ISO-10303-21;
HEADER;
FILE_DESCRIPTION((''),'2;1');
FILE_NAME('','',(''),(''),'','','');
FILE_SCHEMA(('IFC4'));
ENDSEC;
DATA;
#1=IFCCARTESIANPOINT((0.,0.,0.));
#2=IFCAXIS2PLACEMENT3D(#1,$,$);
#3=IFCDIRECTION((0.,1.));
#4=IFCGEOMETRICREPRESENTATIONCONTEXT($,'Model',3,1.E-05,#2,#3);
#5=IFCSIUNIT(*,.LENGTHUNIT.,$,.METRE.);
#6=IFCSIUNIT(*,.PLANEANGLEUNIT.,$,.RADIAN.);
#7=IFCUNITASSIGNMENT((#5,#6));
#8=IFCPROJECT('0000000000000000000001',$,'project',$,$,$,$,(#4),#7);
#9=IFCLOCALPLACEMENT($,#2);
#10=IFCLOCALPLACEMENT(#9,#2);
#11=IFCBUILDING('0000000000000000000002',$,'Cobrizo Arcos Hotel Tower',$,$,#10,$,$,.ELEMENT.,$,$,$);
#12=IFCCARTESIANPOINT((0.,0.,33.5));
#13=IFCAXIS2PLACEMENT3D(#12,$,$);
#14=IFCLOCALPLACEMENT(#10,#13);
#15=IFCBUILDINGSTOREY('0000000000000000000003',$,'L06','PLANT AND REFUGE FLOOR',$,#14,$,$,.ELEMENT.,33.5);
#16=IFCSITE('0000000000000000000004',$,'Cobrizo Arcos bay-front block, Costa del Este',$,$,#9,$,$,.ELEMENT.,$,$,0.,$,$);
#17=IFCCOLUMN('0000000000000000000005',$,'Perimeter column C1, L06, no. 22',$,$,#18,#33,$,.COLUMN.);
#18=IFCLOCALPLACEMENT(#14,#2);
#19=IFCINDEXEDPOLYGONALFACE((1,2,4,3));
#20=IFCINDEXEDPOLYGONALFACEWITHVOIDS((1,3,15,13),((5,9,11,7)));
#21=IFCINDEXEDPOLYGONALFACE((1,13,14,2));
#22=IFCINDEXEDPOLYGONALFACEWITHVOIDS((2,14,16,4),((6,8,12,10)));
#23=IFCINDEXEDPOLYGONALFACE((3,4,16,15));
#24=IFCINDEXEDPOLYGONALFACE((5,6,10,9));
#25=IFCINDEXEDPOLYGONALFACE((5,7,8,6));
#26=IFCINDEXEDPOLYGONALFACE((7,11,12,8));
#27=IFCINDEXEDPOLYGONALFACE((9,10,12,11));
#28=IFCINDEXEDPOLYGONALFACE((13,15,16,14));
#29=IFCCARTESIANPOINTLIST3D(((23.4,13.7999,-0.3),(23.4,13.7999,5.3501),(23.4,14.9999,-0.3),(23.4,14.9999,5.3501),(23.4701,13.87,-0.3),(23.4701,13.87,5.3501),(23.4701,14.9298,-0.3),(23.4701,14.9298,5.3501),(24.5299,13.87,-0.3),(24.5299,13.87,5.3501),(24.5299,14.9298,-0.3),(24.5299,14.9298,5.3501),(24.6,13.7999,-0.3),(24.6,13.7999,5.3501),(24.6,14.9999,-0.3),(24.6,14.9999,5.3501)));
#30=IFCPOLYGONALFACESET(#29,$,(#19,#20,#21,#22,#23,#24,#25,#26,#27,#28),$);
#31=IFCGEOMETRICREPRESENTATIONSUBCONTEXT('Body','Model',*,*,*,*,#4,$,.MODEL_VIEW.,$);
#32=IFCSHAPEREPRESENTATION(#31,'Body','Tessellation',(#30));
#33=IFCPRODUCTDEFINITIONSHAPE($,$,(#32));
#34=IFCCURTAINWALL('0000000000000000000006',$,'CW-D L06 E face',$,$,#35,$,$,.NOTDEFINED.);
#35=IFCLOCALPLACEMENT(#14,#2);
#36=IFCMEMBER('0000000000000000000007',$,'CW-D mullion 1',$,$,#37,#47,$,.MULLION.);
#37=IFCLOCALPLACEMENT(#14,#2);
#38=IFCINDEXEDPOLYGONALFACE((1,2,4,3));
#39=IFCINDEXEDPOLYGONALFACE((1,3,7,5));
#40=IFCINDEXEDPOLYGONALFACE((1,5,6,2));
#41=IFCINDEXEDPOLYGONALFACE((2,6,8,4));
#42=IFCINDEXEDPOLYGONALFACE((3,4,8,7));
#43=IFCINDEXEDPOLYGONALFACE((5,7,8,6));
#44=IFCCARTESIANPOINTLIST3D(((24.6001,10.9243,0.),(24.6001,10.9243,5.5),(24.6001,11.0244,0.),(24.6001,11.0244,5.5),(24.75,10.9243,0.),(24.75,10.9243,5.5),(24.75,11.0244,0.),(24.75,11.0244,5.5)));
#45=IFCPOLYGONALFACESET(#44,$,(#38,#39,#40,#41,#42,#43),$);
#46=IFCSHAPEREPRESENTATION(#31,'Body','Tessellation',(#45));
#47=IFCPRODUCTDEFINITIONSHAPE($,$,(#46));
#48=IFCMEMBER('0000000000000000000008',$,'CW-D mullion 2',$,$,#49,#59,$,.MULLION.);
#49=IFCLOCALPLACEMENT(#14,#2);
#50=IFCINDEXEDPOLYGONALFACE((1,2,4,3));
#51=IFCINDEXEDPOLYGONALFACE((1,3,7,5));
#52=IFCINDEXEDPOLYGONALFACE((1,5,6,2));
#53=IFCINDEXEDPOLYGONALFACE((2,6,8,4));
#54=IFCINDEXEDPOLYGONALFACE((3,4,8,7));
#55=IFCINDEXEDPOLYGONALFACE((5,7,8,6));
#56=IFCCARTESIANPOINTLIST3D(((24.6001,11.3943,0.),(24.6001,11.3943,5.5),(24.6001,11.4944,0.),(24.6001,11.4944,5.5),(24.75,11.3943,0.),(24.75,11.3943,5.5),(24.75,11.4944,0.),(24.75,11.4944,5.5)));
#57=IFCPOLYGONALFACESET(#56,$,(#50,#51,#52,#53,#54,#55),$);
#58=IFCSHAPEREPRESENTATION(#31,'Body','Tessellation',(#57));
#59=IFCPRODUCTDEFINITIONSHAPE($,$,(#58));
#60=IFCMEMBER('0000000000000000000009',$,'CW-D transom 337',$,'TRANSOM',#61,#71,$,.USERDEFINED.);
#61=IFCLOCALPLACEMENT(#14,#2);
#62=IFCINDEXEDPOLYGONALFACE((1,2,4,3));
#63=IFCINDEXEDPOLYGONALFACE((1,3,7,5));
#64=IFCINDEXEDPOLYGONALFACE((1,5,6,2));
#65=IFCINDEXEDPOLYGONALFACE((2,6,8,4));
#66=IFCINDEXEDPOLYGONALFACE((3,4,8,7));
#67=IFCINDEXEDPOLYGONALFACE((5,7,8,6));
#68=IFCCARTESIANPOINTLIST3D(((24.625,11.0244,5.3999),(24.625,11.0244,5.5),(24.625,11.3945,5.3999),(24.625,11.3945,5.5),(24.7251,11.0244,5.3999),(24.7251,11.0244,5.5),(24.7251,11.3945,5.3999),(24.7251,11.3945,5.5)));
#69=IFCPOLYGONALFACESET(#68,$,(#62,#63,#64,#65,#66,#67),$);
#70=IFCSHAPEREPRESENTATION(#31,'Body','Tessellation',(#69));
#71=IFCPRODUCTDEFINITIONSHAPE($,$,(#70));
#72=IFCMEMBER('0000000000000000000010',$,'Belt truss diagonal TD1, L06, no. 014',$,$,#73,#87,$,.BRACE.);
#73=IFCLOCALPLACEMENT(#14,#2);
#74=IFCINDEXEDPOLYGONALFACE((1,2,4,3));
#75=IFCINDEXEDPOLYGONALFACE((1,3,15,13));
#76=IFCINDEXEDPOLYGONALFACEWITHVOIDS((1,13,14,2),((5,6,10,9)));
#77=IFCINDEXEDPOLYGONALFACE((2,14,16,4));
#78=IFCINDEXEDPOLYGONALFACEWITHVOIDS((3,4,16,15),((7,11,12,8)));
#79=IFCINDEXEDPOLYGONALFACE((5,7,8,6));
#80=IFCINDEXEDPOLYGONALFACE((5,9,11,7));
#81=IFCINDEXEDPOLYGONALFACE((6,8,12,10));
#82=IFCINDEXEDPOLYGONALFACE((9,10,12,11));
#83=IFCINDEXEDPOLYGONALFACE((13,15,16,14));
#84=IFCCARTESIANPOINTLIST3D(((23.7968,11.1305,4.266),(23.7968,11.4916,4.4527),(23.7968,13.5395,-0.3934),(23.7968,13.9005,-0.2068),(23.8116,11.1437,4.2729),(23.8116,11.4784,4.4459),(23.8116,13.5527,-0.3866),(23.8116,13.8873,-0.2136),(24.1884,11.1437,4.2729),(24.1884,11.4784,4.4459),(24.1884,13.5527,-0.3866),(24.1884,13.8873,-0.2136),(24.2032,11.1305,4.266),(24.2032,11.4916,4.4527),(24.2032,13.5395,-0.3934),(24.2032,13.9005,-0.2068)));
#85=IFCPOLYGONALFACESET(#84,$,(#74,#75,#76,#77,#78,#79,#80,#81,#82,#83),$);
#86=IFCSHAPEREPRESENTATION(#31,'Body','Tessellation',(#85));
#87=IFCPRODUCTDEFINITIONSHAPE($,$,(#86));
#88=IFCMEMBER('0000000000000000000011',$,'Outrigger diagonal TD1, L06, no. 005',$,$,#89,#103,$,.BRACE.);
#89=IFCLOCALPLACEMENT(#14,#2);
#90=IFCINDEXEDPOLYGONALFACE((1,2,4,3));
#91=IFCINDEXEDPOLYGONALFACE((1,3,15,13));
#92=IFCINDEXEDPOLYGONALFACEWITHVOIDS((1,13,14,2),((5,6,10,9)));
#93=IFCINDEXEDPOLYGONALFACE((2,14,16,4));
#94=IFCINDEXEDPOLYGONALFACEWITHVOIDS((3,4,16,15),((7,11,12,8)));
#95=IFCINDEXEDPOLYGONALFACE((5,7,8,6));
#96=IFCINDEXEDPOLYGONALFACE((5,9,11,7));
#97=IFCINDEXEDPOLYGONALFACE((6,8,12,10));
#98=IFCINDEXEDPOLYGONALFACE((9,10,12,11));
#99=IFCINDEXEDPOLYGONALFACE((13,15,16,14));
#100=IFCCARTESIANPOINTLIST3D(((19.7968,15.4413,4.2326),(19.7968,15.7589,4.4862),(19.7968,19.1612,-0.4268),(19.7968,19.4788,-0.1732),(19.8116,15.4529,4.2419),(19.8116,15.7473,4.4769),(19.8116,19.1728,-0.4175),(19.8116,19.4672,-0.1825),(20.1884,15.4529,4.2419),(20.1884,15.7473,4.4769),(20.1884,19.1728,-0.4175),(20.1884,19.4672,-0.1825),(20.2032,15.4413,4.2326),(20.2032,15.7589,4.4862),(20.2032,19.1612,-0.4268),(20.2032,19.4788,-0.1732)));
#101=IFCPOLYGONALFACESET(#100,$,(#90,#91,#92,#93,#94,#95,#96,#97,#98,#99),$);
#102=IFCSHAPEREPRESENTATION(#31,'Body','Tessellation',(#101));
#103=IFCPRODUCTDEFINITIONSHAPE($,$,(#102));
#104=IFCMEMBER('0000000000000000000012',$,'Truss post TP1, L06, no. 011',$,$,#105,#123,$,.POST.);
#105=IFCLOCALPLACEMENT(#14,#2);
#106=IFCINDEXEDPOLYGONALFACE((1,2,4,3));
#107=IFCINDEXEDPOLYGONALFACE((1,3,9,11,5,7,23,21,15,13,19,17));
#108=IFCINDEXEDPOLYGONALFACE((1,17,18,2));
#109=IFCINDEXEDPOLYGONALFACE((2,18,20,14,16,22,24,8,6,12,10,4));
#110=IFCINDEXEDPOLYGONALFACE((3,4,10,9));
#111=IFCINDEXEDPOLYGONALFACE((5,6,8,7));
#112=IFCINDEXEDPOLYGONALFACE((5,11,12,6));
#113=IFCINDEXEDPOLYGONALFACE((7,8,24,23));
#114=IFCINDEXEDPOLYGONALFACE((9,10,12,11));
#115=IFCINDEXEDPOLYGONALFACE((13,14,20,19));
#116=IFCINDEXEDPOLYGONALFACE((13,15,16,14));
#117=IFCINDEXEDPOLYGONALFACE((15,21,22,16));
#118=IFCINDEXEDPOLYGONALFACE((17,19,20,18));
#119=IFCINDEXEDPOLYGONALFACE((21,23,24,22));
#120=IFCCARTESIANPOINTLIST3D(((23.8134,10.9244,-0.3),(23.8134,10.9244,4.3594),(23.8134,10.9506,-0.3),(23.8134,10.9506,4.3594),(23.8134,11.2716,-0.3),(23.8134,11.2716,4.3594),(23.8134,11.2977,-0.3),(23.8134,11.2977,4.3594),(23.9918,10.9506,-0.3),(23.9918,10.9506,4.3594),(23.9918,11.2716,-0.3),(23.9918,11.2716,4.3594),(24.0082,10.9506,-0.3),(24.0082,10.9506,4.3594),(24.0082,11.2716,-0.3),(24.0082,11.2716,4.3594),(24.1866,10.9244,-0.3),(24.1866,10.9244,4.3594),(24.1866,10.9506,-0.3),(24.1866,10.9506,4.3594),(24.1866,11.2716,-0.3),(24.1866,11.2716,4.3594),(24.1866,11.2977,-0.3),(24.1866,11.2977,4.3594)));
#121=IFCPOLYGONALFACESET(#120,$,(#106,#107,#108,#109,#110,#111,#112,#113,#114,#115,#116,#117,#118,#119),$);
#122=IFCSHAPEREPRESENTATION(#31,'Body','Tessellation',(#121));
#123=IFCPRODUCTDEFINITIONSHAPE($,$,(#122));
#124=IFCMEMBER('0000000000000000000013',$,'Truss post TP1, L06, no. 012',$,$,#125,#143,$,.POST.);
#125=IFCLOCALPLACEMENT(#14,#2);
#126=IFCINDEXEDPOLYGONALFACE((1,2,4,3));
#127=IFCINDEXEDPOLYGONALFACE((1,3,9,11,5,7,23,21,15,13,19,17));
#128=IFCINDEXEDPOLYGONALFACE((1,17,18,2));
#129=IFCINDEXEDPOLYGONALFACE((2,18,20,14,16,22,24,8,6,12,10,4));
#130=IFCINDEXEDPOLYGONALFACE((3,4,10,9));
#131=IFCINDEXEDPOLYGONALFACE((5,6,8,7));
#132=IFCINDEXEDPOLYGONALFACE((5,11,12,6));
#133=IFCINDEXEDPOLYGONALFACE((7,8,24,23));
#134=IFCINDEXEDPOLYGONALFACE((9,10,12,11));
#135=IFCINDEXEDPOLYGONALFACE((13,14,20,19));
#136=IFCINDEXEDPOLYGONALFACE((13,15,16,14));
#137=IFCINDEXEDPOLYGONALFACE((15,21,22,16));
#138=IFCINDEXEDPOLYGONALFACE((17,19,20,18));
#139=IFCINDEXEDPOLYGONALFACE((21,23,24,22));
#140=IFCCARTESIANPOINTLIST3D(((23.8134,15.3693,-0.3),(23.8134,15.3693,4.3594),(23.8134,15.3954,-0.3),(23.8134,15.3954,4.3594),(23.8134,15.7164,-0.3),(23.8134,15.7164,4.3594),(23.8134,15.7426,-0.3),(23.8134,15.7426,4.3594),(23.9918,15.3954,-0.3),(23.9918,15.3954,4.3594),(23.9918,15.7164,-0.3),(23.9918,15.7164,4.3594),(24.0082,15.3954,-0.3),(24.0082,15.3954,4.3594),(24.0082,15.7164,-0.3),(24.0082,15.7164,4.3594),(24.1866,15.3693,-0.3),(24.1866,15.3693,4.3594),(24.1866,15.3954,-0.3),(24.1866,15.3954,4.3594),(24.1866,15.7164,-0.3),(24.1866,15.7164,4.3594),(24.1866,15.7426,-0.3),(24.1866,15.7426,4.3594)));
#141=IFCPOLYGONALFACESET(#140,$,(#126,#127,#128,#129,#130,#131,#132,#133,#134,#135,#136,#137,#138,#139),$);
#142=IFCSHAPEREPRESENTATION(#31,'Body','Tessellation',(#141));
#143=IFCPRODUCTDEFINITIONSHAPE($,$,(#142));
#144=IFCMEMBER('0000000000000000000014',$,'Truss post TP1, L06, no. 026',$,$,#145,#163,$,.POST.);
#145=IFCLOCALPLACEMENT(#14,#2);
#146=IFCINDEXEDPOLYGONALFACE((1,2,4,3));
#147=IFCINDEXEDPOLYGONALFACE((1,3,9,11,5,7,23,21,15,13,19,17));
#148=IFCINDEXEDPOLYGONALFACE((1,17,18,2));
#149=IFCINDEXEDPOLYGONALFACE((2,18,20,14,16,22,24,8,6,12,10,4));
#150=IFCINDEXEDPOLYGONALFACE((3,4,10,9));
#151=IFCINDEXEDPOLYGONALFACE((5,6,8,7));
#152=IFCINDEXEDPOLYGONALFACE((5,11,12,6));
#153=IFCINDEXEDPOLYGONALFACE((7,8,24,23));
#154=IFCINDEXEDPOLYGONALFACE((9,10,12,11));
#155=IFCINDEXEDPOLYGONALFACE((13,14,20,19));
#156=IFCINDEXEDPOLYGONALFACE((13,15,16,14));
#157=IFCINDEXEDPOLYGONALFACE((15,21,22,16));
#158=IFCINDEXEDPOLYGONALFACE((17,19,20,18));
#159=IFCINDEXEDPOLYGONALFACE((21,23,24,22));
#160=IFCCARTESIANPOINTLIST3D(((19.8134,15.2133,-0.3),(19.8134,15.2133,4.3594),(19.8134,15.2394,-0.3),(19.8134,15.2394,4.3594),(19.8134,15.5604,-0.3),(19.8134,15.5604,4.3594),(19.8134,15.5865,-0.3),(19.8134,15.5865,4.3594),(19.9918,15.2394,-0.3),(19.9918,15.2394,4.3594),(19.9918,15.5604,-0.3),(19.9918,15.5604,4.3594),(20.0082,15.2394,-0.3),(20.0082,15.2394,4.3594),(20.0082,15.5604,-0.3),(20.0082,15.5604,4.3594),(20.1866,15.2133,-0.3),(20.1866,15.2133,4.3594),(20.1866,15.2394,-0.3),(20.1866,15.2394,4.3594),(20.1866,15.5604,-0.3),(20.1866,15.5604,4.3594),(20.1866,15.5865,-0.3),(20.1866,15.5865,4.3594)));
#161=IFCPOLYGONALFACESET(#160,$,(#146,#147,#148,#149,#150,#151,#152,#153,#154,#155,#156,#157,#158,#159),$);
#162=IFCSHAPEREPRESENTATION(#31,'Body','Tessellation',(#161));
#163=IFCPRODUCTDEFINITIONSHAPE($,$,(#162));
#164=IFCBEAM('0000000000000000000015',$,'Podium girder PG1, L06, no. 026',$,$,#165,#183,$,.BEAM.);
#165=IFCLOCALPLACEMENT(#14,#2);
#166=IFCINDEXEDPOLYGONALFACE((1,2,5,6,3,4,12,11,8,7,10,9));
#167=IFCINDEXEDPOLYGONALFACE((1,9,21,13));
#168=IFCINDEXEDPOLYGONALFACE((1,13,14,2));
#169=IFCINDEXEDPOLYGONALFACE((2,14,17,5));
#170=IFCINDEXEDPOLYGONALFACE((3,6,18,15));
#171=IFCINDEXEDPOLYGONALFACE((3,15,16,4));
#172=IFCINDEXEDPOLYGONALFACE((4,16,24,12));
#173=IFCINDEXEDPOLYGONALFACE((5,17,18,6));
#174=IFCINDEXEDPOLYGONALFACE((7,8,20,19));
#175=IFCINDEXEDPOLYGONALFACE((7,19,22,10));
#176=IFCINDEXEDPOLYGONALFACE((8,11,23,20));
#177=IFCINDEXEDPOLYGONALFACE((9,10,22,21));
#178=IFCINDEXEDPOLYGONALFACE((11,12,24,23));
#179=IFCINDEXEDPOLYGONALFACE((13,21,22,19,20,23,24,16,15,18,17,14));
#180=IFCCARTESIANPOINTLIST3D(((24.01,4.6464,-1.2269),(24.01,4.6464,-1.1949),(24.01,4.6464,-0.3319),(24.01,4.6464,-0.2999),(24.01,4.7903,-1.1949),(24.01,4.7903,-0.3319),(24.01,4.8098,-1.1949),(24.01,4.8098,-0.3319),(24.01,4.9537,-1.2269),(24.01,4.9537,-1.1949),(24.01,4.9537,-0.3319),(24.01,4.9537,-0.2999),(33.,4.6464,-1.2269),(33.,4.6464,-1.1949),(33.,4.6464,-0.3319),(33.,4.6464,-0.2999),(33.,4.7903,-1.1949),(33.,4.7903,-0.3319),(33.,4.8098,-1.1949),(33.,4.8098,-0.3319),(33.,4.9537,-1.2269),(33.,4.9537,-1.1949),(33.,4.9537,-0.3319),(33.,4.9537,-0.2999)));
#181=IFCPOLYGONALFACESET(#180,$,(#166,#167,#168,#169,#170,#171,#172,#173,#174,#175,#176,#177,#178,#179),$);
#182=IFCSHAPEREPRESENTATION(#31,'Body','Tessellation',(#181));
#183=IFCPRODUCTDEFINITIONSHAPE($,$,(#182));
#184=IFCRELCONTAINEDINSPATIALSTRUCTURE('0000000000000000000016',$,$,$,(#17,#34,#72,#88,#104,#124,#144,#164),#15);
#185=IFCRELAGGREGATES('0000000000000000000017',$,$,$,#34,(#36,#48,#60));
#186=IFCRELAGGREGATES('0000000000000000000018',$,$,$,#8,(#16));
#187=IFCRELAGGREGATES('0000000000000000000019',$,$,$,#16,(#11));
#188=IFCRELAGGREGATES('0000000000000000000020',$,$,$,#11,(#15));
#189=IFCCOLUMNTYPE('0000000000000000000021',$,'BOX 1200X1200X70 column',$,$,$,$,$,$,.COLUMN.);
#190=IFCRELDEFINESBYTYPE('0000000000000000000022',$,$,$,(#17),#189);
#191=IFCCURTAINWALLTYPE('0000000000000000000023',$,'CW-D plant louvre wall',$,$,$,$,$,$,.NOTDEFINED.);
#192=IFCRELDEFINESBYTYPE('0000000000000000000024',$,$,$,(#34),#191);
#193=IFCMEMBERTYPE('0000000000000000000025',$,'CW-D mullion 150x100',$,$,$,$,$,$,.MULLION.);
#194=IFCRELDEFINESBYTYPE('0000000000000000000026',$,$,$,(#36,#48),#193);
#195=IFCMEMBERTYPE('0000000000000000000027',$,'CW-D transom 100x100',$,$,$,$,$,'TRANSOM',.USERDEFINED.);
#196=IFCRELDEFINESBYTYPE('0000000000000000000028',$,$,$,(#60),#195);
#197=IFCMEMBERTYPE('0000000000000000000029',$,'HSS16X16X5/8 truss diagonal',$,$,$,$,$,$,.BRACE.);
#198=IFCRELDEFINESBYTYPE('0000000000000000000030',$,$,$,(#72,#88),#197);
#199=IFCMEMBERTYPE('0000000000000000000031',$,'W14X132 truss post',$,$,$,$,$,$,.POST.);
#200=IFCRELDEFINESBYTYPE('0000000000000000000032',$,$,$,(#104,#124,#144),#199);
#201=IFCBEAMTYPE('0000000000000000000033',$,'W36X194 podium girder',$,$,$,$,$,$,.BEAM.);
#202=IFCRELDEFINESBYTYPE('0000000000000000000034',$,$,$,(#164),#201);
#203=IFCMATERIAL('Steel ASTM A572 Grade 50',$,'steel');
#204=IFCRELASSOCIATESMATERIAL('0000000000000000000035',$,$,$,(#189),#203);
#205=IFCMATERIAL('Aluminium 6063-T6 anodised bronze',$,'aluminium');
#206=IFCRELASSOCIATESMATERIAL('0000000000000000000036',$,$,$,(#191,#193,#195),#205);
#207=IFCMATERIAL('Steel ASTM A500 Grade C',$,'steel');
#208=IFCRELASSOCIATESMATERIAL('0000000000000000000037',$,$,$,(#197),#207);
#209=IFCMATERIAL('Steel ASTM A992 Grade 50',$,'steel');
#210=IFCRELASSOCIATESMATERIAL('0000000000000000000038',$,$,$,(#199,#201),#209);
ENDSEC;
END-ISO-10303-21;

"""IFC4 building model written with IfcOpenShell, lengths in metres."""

from ifc_helpers import new_model, si_unit, direction, frame, origin, origin_2d, place, context, subcontext, project, spatial, rectangle, hollow_rectangle, i_section, extrude, material, material_profile, profile_set, type_object, element, aggregate, save


model = new_model("IFC4")

# Units and contexts
model_context = context("Model", 3, precision=1e-05, world=origin(), true_north=direction((0.0, 1.0)))
body_context = subcontext(model_context, "Body", "Model", "MODEL_VIEW")
ifc_project = project(units=[si_unit("LENGTHUNIT", "METRE"), si_unit("PLANEANGLEUNIT", "RADIAN")], contexts=[model_context])

# Site, building, storey
site_placement = place(None, origin())
site = spatial("IfcSite", under=ifc_project, at=site_placement, Name="Cobrizo Arcos bay-front block, Costa del Este", CompositionType="ELEMENT", RefElevation=0.0)
building_placement = place(site_placement, origin())
building = spatial("IfcBuilding", under=site, at=building_placement, Name="Cobrizo Arcos Hotel Tower", CompositionType="ELEMENT")
storey_placement = place(building_placement, frame((0.0, 0.0, 33.5)))
storey = spatial("IfcBuildingStorey", under=building, at=storey_placement, Name="L06", Description="PLANT AND REFUGE FLOOR", CompositionType="ELEMENT", Elevation=33.5)

# Column
ifc_material_1 = material(Name="Steel ASTM A572 Grade 50", Category="steel")
ifc_material_profile_1 = material_profile(ifc_material_1, hollow_rectangle(XDim=1.2, YDim=1.2, WallThickness=0.0701, at=origin_2d()), Name="BOX 1200X1200X70")
ifc_profile_set_1 = profile_set([ifc_material_profile_1], Name="Steel ASTM A572 Grade 50")
column_type = type_object("IfcColumnType", Name="BOX 1200X1200X70 column", PredefinedType="COLUMN", material=ifc_profile_set_1)
column_placement = place(storey_placement, frame((24.0, 14.3999, -0.3), z_axis=(0.0, 0.0, 1.0), x_axis=(1.0, 0.0, 0.0)))
element("IfcColumn", 1, at=column_placement, inside=storey, type_object=column_type, Name="Perimeter column C1, L06, no. 22", PredefinedType="COLUMN", context=body_context, shape_type="SweptSolid", body=[
    extrude(hollow_rectangle(XDim=1.2, YDim=1.2, WallThickness=0.0701, at=origin_2d()), origin(), (0.0, 0.0, 1.0), 5.6501),
])

# Curtain wall, members
ifc_material_2 = material(Name="Aluminium 6063-T6 anodised bronze", Category="aluminium")
curtain_wall_type = type_object("IfcCurtainWallType", Name="CW-D plant louvre wall", PredefinedType="NOTDEFINED", material=ifc_material_2)
curtain_wall_placement = place(storey_placement, origin())
curtain_wall = element("IfcCurtainWall", 2, at=curtain_wall_placement, inside=storey, type_object=curtain_wall_type, Name="CW-D L06 E face", PredefinedType="NOTDEFINED")
ifc_material_profile_2 = material_profile(ifc_material_2, rectangle(XDim=0.1499, YDim=0.1001, at=origin_2d()), Name="CW-D mullion 150x100")
ifc_profile_set_2 = profile_set([ifc_material_profile_2], Name="Aluminium 6063-T6 anodised bronze")
member_type_1 = type_object("IfcMemberType", Name="CW-D mullion 150x100", PredefinedType="MULLION", material=ifc_profile_set_2)
member_1_placement = place(storey_placement, frame((24.675, 10.9744, 0.0), z_axis=(0.0, 0.0, 1.0), x_axis=(1.0, 0.0, 0.0)))
member_1 = element("IfcMember", 3, at=member_1_placement, type_object=member_type_1, Name="CW-D mullion 1", PredefinedType="MULLION", context=body_context, shape_type="SweptSolid", body=[
    extrude(rectangle(XDim=0.1499, YDim=0.1001, at=origin_2d()), origin(), (0.0, 0.0, 1.0), 5.5),
])
member_2_placement = place(storey_placement, frame((24.675, 11.4443, 0.0), z_axis=(0.0, 0.0, 1.0), x_axis=(1.0, 0.0, 0.0)))
member_2 = element("IfcMember", 4, at=member_2_placement, type_object=member_type_1, Name="CW-D mullion 2", PredefinedType="MULLION", context=body_context, shape_type="SweptSolid", body=[
    extrude(rectangle(XDim=0.1499, YDim=0.1001, at=origin_2d()), origin(), (0.0, 0.0, 1.0), 5.5),
])
ifc_material_profile_3 = material_profile(ifc_material_2, rectangle(XDim=0.1001, YDim=0.1001, at=origin_2d()), Name="CW-D transom 100x100")
ifc_profile_set_3 = profile_set([ifc_material_profile_3], Name="Aluminium 6063-T6 anodised bronze")
member_type_2 = type_object("IfcMemberType", Name="CW-D transom 100x100", ElementType="TRANSOM", PredefinedType="USERDEFINED", material=ifc_profile_set_3)
member_3_placement = place(storey_placement, frame((24.675, 11.0244, 5.45), z_axis=(0.0, 1.0, 0.0), x_axis=(-1.0, 0.0, 0.0)))
member_3 = element("IfcMember", 5, at=member_3_placement, type_object=member_type_2, Name="CW-D transom 337", ObjectType="TRANSOM", PredefinedType="USERDEFINED", context=body_context, shape_type="SweptSolid", body=[
    extrude(rectangle(XDim=0.1001, YDim=0.1001, at=origin_2d()), origin(), (0.0, 0.0, 1.0), 0.3701),
])

# Members
ifc_material_3 = material(Name="Steel ASTM A500 Grade C", Category="steel")
ifc_material_profile_4 = material_profile(ifc_material_3, hollow_rectangle(XDim=0.4065, YDim=0.4065, WallThickness=0.0149, at=origin_2d()), Name="HSS16X16X5/8")
ifc_profile_set_4 = profile_set([ifc_material_profile_4], Name="Steel ASTM A500 Grade C")
member_type_3 = type_object("IfcMemberType", Name="HSS16X16X5/8 truss diagonal", PredefinedType="BRACE", material=ifc_profile_set_4)
member_4_placement = place(storey_placement, frame((24.0, 11.311, 4.3594), z_axis=(0.0, 0.459256, -0.888304), x_axis=(-1.0, 0.0, 0.0)))
element("IfcMember", 6, at=member_4_placement, inside=storey, type_object=member_type_3, Name="Belt truss diagonal TD1, L06, no. 014", PredefinedType="BRACE", context=body_context, shape_type="SweptSolid", body=[
    extrude(hollow_rectangle(XDim=0.4065, YDim=0.4065, WallThickness=0.0149, at=origin_2d()), origin(), (0.0, 0.0, 1.0), 5.2454),
])
member_5_placement = place(storey_placement, frame((20.0, 15.6001, 4.3594), z_axis=(0.0, 0.623921, -0.781488), x_axis=(-1.0, 0.0, 0.0)))
element("IfcMember", 7, at=member_5_placement, inside=storey, type_object=member_type_3, Name="Outrigger diagonal TD1, L06, no. 005", PredefinedType="BRACE", context=body_context, shape_type="SweptSolid", body=[
    extrude(hollow_rectangle(XDim=0.4065, YDim=0.4065, WallThickness=0.0149, at=origin_2d()), origin(), (0.0, 0.0, 1.0), 5.9622),
])
ifc_material_4 = material(Name="Steel ASTM A992 Grade 50", Category="steel")
ifc_material_profile_5 = material_profile(ifc_material_4, i_section(OverallWidth=0.3733, OverallDepth=0.3733, WebThickness=0.0164, FlangeThickness=0.0261, at=origin_2d()), Name="W14X132")
ifc_profile_set_5 = profile_set([ifc_material_profile_5], Name="Steel ASTM A992 Grade 50")
member_type_4 = type_object("IfcMemberType", Name="W14X132 truss post", PredefinedType="POST", material=ifc_profile_set_5)
for number, where, z_axis, x_axis, name in (
    (8, (24.0, 11.1111, -0.3), (0.0, 0.0, 1.0), (1.0, 0.0, 0.0), "Truss post TP1, L06, no. 011"),
    (9, (24.0, 15.5559, -0.3), (0.0, 0.0, 1.0), (1.0, 0.0, 0.0), "Truss post TP1, L06, no. 012"),
    (10, (20.0, 15.3999, -0.3), (0.0, 0.0, 1.0), (1.0, 0.0, 0.0), "Truss post TP1, L06, no. 026"),
):
    element("IfcMember", number, at=place(storey_placement, frame(where, z_axis=z_axis, x_axis=x_axis)), inside=storey, type_object=member_type_4, Name=name, PredefinedType="POST", context=body_context, shape_type="SweptSolid", body=[
        extrude(i_section(OverallWidth=0.3733, OverallDepth=0.3733, WebThickness=0.0164, FlangeThickness=0.0261, at=origin_2d()), origin(), (0.0, 0.0, 1.0), 4.6594),
    ])

# Beam
ifc_material_profile_6 = material_profile(ifc_material_4, i_section(OverallWidth=0.3074, OverallDepth=0.927, WebThickness=0.0195, FlangeThickness=0.032, at=origin_2d()), Name="W36X194")
ifc_profile_set_6 = profile_set([ifc_material_profile_6], Name="Steel ASTM A992 Grade 50")
beam_type = type_object("IfcBeamType", Name="W36X194 podium girder", PredefinedType="BEAM", material=ifc_profile_set_6)
beam_1_placement = place(storey_placement, frame((24.01, 4.8, -0.7634), z_axis=(1.0, 0.0, 0.0), x_axis=(0.0, 1.0, 0.0)))
element("IfcBeam", 11, at=beam_1_placement, inside=storey, type_object=beam_type, Name="Podium girder PG1, L06, no. 026", PredefinedType="BEAM", context=body_context, shape_type="SweptSolid", body=[
    extrude(i_section(OverallWidth=0.3074, OverallDepth=0.927, WebThickness=0.0195, FlangeThickness=0.032, at=origin_2d()), origin(), (0.0, 0.0, 1.0), 8.99),
])

aggregate(curtain_wall, [member_1, member_2, member_3])

save(model, "model.ifc")
